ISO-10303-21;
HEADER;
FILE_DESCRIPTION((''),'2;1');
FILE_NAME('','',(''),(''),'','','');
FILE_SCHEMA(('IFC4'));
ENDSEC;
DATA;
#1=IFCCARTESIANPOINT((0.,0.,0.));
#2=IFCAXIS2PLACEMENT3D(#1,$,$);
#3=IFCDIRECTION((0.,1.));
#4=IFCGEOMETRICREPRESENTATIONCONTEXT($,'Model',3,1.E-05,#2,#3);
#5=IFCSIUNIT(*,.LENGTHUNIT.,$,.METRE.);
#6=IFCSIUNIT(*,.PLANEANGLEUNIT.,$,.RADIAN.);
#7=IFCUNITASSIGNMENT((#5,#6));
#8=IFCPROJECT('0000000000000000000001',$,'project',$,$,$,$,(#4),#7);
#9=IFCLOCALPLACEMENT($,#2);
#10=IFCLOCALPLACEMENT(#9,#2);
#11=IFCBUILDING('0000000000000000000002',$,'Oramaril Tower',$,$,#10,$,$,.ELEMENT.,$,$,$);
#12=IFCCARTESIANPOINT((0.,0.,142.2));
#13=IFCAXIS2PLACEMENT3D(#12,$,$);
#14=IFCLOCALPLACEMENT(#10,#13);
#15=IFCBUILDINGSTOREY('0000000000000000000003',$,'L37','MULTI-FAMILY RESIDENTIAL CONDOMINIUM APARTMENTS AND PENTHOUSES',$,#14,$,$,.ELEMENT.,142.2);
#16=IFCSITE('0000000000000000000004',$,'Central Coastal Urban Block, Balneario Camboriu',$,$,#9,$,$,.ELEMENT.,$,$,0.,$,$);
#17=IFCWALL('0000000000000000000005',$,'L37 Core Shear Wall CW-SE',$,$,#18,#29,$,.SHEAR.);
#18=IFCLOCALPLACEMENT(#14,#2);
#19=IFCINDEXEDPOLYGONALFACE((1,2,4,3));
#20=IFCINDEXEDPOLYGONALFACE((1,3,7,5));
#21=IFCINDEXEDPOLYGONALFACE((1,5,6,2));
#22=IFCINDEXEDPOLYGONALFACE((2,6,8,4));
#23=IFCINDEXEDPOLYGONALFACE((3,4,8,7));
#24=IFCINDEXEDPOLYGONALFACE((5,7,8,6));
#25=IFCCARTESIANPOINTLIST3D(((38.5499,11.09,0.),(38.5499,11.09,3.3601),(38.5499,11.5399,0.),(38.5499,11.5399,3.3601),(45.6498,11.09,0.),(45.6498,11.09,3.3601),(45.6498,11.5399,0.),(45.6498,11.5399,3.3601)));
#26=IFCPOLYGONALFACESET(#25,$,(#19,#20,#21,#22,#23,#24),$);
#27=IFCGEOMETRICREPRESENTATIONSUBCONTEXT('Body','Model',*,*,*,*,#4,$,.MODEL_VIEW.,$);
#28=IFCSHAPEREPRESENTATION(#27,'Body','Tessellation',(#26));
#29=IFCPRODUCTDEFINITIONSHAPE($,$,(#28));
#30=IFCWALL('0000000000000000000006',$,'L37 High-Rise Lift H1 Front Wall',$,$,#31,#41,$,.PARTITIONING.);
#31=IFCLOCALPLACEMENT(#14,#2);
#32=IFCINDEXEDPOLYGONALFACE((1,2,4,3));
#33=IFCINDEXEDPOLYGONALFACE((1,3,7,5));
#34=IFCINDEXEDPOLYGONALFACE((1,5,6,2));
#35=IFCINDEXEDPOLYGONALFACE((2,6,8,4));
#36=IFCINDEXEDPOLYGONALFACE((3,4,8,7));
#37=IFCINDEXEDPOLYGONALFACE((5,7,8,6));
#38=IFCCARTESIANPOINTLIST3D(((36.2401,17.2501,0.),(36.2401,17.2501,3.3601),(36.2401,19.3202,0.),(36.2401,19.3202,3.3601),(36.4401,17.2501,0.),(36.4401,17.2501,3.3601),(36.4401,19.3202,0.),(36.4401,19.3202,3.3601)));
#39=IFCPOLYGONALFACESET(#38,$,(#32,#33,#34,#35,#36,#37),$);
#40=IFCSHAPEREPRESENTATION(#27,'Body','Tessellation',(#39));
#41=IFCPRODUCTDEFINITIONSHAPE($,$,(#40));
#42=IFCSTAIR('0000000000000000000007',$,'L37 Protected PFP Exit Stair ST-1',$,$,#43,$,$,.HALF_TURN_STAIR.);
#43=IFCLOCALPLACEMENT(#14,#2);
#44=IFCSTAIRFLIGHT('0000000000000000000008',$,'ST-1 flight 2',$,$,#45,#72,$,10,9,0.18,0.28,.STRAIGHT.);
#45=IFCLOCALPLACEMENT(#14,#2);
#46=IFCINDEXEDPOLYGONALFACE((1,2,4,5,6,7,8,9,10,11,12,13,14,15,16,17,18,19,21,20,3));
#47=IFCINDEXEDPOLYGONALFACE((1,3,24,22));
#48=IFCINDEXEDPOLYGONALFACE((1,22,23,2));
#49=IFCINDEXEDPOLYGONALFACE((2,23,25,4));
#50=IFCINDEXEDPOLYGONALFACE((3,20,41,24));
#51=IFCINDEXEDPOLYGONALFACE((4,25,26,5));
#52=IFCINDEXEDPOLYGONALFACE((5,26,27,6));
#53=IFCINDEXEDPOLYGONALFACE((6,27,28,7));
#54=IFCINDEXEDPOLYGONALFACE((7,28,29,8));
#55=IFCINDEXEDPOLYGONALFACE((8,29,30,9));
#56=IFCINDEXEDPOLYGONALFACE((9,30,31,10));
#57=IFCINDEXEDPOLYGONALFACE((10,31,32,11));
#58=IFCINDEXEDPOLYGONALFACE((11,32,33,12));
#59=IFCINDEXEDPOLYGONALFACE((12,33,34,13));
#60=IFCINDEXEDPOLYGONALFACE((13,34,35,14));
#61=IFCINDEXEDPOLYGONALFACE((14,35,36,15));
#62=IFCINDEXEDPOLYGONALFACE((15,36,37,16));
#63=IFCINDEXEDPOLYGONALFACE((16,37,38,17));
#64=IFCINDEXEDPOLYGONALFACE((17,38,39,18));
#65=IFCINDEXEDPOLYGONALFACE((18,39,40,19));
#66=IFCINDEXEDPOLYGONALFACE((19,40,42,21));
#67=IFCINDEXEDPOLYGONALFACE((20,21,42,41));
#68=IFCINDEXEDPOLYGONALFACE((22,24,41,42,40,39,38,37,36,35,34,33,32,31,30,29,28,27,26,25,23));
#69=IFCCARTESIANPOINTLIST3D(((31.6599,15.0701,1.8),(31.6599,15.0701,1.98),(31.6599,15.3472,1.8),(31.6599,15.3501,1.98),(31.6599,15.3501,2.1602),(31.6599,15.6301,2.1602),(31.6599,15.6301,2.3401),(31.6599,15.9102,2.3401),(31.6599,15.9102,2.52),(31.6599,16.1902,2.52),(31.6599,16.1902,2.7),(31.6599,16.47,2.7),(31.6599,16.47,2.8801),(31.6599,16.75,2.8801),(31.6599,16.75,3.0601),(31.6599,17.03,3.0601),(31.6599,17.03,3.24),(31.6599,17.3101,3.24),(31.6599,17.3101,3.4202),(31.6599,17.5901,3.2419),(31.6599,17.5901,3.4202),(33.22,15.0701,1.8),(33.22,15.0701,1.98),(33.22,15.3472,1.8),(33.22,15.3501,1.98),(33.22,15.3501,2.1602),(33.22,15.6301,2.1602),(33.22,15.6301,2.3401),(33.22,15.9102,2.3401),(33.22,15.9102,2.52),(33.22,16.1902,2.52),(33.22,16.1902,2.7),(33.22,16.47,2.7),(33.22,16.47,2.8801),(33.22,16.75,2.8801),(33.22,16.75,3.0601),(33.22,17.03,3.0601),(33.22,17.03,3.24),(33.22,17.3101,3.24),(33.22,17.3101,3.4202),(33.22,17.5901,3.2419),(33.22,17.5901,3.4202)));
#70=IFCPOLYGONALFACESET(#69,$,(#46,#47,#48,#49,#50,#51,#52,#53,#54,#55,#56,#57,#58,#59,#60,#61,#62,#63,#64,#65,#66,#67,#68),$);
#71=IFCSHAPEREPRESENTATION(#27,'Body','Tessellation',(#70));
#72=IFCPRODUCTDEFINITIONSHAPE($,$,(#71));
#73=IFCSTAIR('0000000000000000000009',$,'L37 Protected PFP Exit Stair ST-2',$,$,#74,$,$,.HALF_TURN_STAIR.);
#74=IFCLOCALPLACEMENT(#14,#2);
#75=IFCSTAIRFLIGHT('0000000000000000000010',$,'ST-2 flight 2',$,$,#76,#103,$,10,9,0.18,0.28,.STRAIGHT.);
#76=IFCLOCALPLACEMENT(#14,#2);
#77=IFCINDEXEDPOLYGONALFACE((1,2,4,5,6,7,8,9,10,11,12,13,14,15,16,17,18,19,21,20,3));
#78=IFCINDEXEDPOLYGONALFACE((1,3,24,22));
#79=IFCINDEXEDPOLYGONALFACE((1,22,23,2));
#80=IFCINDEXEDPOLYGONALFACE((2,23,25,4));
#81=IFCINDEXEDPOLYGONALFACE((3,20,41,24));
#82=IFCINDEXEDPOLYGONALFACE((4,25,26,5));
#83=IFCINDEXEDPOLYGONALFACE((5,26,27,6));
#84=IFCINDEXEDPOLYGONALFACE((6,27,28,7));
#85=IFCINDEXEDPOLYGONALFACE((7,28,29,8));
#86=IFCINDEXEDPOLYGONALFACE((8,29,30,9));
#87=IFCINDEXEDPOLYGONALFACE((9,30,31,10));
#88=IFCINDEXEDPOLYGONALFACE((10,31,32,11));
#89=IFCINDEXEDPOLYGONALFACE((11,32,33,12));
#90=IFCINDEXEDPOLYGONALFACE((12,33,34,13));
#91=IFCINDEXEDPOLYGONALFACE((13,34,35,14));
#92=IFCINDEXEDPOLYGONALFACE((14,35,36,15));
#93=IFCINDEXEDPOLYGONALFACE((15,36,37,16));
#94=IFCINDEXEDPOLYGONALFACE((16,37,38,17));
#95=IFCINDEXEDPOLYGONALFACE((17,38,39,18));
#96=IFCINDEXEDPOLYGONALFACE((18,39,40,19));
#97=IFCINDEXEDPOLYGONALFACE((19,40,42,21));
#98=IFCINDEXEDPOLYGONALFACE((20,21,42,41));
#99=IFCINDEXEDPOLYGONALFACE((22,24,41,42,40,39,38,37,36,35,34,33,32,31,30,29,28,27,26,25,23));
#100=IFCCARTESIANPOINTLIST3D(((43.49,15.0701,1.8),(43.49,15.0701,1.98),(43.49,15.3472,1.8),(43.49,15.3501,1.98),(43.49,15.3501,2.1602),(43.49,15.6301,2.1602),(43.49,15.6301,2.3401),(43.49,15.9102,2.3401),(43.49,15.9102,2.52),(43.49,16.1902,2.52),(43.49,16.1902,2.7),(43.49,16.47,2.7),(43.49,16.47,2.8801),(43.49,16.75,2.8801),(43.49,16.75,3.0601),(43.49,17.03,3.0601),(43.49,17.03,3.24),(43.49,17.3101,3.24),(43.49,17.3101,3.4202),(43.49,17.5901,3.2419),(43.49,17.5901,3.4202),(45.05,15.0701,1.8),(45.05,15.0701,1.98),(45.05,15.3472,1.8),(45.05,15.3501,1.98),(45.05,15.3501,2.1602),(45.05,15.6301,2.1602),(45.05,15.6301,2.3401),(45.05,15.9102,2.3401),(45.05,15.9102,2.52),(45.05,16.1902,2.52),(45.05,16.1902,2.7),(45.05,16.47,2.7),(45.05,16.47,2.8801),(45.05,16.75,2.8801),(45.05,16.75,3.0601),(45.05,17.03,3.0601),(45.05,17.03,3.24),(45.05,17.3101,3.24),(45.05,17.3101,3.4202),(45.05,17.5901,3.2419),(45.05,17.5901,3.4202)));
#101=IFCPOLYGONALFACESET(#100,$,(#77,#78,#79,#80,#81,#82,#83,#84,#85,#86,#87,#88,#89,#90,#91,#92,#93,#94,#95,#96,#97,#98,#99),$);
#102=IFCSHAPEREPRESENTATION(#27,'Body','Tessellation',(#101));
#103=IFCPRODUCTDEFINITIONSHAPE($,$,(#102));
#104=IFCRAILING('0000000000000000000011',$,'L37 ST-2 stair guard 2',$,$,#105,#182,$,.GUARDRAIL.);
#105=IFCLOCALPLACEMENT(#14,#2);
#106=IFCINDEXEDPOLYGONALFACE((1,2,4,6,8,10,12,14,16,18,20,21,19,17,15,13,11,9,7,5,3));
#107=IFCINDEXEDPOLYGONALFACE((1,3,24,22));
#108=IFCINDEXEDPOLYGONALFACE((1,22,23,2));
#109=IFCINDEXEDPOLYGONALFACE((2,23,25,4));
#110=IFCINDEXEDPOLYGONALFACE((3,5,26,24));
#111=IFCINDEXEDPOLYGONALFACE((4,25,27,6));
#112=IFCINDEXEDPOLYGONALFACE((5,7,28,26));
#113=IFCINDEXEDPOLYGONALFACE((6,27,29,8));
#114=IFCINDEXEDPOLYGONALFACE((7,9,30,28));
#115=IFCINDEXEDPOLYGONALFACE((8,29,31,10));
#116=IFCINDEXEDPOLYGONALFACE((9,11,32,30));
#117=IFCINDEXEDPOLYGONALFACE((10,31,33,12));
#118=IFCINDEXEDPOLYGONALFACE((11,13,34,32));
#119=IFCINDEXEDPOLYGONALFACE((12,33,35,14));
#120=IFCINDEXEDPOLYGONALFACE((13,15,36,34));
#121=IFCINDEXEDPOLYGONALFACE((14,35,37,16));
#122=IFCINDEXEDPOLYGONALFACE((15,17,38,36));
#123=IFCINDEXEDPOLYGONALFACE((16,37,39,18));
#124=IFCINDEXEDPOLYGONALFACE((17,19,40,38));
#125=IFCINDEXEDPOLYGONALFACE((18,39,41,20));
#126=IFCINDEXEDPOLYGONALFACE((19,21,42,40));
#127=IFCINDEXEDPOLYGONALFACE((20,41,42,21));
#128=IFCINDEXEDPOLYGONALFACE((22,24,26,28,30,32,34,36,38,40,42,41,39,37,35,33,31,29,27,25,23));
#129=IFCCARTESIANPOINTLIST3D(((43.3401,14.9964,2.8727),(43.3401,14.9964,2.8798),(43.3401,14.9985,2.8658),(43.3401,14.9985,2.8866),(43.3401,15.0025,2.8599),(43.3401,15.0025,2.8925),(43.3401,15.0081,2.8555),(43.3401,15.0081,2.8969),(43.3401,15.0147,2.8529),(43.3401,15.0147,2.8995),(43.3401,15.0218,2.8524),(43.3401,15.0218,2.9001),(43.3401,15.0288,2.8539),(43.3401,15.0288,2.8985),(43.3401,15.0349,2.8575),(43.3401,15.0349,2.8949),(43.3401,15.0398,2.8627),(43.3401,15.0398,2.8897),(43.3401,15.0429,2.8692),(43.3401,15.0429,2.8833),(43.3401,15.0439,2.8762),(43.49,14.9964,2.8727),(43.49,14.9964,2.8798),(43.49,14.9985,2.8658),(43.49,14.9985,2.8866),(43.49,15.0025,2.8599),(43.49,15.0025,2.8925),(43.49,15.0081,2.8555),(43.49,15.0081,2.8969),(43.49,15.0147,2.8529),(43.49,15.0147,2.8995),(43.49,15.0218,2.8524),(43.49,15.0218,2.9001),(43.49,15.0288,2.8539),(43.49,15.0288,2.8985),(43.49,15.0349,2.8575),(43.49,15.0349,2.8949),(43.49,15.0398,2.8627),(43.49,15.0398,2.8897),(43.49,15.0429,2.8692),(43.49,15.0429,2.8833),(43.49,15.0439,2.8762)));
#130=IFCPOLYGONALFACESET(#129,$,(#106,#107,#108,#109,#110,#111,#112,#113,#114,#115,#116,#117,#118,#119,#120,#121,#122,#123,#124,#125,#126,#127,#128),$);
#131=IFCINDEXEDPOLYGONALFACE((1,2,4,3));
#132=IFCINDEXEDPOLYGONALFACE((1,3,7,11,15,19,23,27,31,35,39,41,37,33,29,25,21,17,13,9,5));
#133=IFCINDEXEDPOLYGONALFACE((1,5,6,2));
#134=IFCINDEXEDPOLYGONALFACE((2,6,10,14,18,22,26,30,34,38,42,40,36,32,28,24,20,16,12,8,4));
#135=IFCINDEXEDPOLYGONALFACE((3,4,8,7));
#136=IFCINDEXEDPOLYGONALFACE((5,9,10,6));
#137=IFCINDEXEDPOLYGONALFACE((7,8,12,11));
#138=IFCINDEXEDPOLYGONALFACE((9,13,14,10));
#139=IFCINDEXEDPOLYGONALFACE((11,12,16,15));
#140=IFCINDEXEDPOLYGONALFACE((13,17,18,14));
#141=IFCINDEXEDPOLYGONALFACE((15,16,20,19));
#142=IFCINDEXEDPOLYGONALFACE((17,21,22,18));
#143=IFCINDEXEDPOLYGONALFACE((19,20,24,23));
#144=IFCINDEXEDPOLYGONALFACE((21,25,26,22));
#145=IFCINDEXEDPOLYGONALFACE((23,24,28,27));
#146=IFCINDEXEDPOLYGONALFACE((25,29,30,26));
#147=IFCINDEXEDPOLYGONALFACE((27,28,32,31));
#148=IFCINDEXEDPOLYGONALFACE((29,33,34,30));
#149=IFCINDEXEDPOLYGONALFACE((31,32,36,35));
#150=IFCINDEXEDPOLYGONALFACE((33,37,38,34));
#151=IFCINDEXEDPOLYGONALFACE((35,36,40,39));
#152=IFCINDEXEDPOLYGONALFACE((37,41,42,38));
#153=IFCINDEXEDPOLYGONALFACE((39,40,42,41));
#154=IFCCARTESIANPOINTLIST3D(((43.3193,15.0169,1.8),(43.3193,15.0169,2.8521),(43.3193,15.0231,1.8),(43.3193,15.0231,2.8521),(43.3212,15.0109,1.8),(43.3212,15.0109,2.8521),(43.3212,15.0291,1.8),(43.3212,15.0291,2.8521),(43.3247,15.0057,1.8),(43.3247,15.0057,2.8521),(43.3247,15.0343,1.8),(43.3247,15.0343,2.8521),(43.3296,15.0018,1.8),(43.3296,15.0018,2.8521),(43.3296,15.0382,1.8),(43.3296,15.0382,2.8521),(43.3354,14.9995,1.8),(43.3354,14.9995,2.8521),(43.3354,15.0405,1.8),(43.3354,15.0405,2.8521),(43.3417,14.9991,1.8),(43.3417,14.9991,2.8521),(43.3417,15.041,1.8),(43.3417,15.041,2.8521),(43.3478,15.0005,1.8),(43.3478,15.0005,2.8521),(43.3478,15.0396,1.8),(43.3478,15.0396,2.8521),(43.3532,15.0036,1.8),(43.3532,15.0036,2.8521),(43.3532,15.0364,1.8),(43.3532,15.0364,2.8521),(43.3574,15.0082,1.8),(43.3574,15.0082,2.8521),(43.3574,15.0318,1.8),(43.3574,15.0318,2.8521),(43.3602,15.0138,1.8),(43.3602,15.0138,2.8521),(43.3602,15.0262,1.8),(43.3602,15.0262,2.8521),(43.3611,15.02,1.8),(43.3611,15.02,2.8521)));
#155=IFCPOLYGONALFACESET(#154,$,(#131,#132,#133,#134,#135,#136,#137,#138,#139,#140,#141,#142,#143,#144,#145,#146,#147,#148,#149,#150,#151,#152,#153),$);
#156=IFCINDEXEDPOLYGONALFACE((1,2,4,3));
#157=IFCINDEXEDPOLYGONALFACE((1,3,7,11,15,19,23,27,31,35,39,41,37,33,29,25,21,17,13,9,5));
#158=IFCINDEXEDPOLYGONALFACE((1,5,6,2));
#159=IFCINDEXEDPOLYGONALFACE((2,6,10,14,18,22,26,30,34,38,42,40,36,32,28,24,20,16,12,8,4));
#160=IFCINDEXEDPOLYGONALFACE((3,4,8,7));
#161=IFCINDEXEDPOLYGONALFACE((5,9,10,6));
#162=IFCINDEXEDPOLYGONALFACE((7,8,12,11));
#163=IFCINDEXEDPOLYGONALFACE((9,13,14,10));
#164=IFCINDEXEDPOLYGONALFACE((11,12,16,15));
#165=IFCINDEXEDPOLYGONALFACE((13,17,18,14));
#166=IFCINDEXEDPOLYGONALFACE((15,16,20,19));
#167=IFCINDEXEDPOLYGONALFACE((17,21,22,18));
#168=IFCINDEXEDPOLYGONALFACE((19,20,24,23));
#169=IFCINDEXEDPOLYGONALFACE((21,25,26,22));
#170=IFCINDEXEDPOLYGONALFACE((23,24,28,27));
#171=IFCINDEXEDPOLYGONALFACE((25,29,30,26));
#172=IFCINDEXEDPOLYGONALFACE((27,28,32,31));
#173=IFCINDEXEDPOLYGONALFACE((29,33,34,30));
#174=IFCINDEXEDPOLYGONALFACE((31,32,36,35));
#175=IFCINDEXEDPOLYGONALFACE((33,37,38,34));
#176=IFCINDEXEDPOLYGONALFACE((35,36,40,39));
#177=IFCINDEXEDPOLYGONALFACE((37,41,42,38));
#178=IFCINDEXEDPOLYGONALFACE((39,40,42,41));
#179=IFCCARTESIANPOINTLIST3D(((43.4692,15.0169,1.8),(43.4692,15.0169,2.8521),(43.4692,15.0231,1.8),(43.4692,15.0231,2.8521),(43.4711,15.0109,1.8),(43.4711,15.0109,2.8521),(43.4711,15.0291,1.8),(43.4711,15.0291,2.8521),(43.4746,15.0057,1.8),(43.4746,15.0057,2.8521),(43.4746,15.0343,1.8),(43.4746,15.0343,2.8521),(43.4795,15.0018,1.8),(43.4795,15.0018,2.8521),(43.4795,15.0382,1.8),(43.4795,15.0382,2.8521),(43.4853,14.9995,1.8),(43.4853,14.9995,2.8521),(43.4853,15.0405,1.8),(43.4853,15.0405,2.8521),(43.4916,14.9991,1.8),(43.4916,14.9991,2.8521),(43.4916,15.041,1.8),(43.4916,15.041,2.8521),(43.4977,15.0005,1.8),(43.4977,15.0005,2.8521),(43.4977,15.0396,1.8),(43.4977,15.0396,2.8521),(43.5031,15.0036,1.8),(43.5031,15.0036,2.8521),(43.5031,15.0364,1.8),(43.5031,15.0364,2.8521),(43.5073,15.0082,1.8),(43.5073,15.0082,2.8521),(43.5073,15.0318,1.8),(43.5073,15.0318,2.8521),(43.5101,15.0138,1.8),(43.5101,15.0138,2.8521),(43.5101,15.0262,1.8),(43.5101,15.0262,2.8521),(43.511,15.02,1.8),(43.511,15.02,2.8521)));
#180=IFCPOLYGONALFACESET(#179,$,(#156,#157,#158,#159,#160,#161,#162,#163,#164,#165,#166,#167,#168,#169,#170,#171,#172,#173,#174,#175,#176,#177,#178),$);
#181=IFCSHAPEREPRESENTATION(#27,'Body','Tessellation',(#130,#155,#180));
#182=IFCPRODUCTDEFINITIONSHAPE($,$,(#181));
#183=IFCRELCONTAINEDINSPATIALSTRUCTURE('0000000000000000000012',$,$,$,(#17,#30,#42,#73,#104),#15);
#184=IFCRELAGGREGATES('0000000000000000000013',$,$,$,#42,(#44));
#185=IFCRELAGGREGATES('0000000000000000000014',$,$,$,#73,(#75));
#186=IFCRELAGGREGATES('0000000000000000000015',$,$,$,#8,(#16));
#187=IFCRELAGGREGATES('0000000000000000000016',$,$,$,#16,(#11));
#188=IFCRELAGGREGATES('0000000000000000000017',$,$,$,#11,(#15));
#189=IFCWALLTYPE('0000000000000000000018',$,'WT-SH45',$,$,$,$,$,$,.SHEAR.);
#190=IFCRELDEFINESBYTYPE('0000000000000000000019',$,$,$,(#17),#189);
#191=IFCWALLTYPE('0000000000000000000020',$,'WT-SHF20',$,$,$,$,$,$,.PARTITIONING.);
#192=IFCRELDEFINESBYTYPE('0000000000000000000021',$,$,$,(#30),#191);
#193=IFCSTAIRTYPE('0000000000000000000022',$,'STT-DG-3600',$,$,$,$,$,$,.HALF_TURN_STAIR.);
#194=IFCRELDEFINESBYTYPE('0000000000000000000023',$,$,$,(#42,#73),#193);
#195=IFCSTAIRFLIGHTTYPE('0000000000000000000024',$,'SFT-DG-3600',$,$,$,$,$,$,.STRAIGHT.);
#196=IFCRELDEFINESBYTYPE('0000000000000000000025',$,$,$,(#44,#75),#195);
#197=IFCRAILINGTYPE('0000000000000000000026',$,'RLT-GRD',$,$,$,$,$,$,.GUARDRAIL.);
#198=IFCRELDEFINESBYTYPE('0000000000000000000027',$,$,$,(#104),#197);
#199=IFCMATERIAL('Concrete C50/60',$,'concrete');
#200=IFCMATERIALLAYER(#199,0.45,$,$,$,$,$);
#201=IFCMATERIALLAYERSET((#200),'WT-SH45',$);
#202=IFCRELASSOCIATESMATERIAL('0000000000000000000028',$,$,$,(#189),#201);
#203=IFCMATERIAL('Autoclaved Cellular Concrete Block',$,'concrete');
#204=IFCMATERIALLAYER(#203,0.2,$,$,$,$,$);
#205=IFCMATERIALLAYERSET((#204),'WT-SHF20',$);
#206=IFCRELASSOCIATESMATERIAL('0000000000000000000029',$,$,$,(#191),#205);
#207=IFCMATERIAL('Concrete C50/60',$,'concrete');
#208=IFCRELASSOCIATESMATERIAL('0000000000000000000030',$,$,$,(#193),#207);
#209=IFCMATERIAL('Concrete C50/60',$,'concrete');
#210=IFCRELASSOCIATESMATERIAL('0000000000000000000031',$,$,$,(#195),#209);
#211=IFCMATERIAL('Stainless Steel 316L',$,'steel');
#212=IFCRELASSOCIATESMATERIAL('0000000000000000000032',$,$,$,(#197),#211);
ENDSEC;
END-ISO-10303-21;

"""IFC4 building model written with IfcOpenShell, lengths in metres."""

from ifc_helpers import new_model, si_unit, direction, frame, frame_2d, origin, origin_2d, place, context, subcontext, project, spatial, polyline, rectangle, circle, outline, extrude, material, layer, layer_set, type_object, element, aggregate, save


model = new_model("IFC4")

# Units and contexts
model_context = context("Model", 3, precision=1e-05, world=origin(), true_north=direction((0.0, 1.0)))
body_context = subcontext(model_context, "Body", "Model", "MODEL_VIEW")
ifc_project = project(units=[si_unit("LENGTHUNIT", "METRE"), si_unit("PLANEANGLEUNIT", "RADIAN")], contexts=[model_context])

# Site, building, storey
site_placement = place(None, origin())
site = spatial("IfcSite", under=ifc_project, at=site_placement, Name="Central Coastal Urban Block, Balneario Camboriu", CompositionType="ELEMENT", RefElevation=0.0)
building_placement = place(site_placement, origin())
building = spatial("IfcBuilding", under=site, at=building_placement, Name="Oramaril Tower", CompositionType="ELEMENT")
storey_placement = place(building_placement, frame((0.0, 0.0, 142.2)))
storey = spatial("IfcBuildingStorey", under=building, at=storey_placement, Name="L37", Description="MULTI-FAMILY RESIDENTIAL CONDOMINIUM APARTMENTS AND PENTHOUSES", CompositionType="ELEMENT", Elevation=142.2)

# Walls
ifc_material_1 = material(Name="Concrete C50/60", Category="concrete")
ifc_layer_1 = layer(ifc_material_1, 0.45)
ifc_layer_set_1 = layer_set([ifc_layer_1], Name="WT-SH45")
wall_type_1 = type_object("IfcWallType", Name="WT-SH45", PredefinedType="SHEAR", material=ifc_layer_set_1)
wall_1_placement = place(storey_placement, frame((38.55, 11.3149, 0.0), z_axis=(0.0, 0.0, 1.0), x_axis=(1.0, 0.0, 0.0)))
element("IfcWall", 1, at=wall_1_placement, inside=storey, type_object=wall_type_1, Name="L37 Core Shear Wall CW-SE", PredefinedType="SHEAR", context=body_context, shape_type="SweptSolid", body=[
    extrude(rectangle(XDim=7.0999, YDim=0.45, at=frame_2d((3.5498, 0.0))), origin(), (0.0, 0.0, 1.0), 3.3601),
])
ifc_material_2 = material(Name="Autoclaved Cellular Concrete Block", Category="concrete")
ifc_layer_2 = layer(ifc_material_2, 0.2)
ifc_layer_set_2 = layer_set([ifc_layer_2], Name="WT-SHF20")
wall_type_2 = type_object("IfcWallType", Name="WT-SHF20", PredefinedType="PARTITIONING", material=ifc_layer_set_2)
wall_2_placement = place(storey_placement, frame((36.3401, 17.25, 0.0), z_axis=(0.0, 0.0, 1.0), x_axis=(0.0, 1.0, 0.0)))
element("IfcWall", 2, at=wall_2_placement, inside=storey, type_object=wall_type_2, Name="L37 High-Rise Lift H1 Front Wall", PredefinedType="PARTITIONING", context=body_context, shape_type="SweptSolid", body=[
    extrude(rectangle(XDim=2.0701, YDim=0.2, at=frame_2d((1.0352, 0.0))), origin(), (0.0, 0.0, 1.0), 3.3601),
])

# Stairs, stair flights
ifc_material_3 = material(Name="Concrete C50/60", Category="concrete")
stair_type = type_object("IfcStairType", Name="STT-DG-3600", PredefinedType="HALF_TURN_STAIR", material=ifc_material_3)
stair_1_placement = place(storey_placement, origin())
stair_1 = element("IfcStair", 3, at=stair_1_placement, inside=storey, type_object=stair_type, Name="L37 Protected PFP Exit Stair ST-1", PredefinedType="HALF_TURN_STAIR")
ifc_material_4 = material(Name="Concrete C50/60", Category="concrete")
stair_flight_type = type_object("IfcStairFlightType", Name="SFT-DG-3600", PredefinedType="STRAIGHT", material=ifc_material_4)
stair_flight_1_placement = place(storey_placement, frame((32.4399, 15.0701, 1.8), z_axis=(0.0, 0.0, 1.0), x_axis=(0.0, 1.0, 0.0)))
stair_flight_1 = element("IfcStairFlight", 4, at=stair_flight_1_placement, type_object=stair_flight_type, Name="ST-1 flight 2", NumberOfRisers=10, NumberOfTreads=9, PredefinedType="STRAIGHT", RiserHeight=0.18, TreadLength=0.28, context=body_context, shape_type="SweptSolid", body=[
    extrude(outline(polyline([(0.0, 0.0), (0.0, 0.1799), (0.28, 0.1799), (0.28, 0.3601), (0.5601, 0.3601), (0.5601, 0.54), (0.8401, 0.54), (0.8401, 0.72), (1.1201, 0.72), (1.1201, 0.8999), (1.3999, 0.8999), (1.3999, 1.0801), (1.6799, 1.0801), (1.6799, 1.26), (1.96, 1.26), (1.96, 1.4399), (2.24, 1.4399), (2.24, 1.6201), (2.52, 1.6201), (2.52, 1.8), (2.52, 1.4419), (0.2771, 0.0), (0.0, 0.0)])), frame((0.0, 0.78, 0.0), z_axis=(0.0, -1.0, 0.0), x_axis=(1.0, 0.0, 0.0)), (0.0, 0.0, 1.0), 1.5601),
])
aggregate(stair_1, [stair_flight_1])
stair_2_placement = place(storey_placement, origin())
stair_2 = element("IfcStair", 5, at=stair_2_placement, inside=storey, type_object=stair_type, Name="L37 Protected PFP Exit Stair ST-2", PredefinedType="HALF_TURN_STAIR")
stair_flight_2_placement = place(storey_placement, frame((44.27, 15.0701, 1.8), z_axis=(0.0, 0.0, 1.0), x_axis=(0.0, 1.0, 0.0)))
stair_flight_2 = element("IfcStairFlight", 6, at=stair_flight_2_placement, type_object=stair_flight_type, Name="ST-2 flight 2", NumberOfRisers=10, NumberOfTreads=9, PredefinedType="STRAIGHT", RiserHeight=0.18, TreadLength=0.28, context=body_context, shape_type="SweptSolid", body=[
    extrude(outline(polyline([(0.0, 0.0), (0.0, 0.1799), (0.28, 0.1799), (0.28, 0.3601), (0.5601, 0.3601), (0.5601, 0.54), (0.8401, 0.54), (0.8401, 0.72), (1.1201, 0.72), (1.1201, 0.8999), (1.3999, 0.8999), (1.3999, 1.0801), (1.6799, 1.0801), (1.6799, 1.26), (1.96, 1.26), (1.96, 1.4399), (2.24, 1.4399), (2.24, 1.6201), (2.52, 1.6201), (2.52, 1.8), (2.52, 1.4419), (0.2771, 0.0), (0.0, 0.0)])), frame((0.0, 0.78, 0.0), z_axis=(0.0, -1.0, 0.0), x_axis=(1.0, 0.0, 0.0)), (0.0, 0.0, 1.0), 1.5601),
])
aggregate(stair_2, [stair_flight_2])

# Railing
ifc_material_5 = material(Name="Stainless Steel 316L", Category="steel")
railing_type_1 = type_object("IfcRailingType", Name="RLT-GRD", PredefinedType="GUARDRAIL", material=ifc_material_5)
railing_1_placement = place(storey_placement, frame((43.3401, 15.02, 1.8)))
element("IfcRailing", 7, at=railing_1_placement, inside=storey, type_object=railing_type_1, Name="L37 ST-2 stair guard 2", PredefinedType="GUARDRAIL", context=body_context, shape_type="SweptSolid", body=[
    extrude(circle(Radius=0.0239, at=origin_2d()), frame((0.0, 0.0, 1.0762), z_axis=(1.0, 0.0, 0.0), x_axis=(0.0, 1.0, 0.0)), (0.0, 0.0, 1.0), 0.1499),
    extrude(circle(Radius=0.021, at=origin_2d()), origin(), (0.0, 0.0, 1.0), 1.052),
    extrude(circle(Radius=0.021, at=origin_2d()), frame((0.1499, 0.0, 0.0)), (0.0, 0.0, 1.0), 1.052),
])

save(model, "model.ifc")
